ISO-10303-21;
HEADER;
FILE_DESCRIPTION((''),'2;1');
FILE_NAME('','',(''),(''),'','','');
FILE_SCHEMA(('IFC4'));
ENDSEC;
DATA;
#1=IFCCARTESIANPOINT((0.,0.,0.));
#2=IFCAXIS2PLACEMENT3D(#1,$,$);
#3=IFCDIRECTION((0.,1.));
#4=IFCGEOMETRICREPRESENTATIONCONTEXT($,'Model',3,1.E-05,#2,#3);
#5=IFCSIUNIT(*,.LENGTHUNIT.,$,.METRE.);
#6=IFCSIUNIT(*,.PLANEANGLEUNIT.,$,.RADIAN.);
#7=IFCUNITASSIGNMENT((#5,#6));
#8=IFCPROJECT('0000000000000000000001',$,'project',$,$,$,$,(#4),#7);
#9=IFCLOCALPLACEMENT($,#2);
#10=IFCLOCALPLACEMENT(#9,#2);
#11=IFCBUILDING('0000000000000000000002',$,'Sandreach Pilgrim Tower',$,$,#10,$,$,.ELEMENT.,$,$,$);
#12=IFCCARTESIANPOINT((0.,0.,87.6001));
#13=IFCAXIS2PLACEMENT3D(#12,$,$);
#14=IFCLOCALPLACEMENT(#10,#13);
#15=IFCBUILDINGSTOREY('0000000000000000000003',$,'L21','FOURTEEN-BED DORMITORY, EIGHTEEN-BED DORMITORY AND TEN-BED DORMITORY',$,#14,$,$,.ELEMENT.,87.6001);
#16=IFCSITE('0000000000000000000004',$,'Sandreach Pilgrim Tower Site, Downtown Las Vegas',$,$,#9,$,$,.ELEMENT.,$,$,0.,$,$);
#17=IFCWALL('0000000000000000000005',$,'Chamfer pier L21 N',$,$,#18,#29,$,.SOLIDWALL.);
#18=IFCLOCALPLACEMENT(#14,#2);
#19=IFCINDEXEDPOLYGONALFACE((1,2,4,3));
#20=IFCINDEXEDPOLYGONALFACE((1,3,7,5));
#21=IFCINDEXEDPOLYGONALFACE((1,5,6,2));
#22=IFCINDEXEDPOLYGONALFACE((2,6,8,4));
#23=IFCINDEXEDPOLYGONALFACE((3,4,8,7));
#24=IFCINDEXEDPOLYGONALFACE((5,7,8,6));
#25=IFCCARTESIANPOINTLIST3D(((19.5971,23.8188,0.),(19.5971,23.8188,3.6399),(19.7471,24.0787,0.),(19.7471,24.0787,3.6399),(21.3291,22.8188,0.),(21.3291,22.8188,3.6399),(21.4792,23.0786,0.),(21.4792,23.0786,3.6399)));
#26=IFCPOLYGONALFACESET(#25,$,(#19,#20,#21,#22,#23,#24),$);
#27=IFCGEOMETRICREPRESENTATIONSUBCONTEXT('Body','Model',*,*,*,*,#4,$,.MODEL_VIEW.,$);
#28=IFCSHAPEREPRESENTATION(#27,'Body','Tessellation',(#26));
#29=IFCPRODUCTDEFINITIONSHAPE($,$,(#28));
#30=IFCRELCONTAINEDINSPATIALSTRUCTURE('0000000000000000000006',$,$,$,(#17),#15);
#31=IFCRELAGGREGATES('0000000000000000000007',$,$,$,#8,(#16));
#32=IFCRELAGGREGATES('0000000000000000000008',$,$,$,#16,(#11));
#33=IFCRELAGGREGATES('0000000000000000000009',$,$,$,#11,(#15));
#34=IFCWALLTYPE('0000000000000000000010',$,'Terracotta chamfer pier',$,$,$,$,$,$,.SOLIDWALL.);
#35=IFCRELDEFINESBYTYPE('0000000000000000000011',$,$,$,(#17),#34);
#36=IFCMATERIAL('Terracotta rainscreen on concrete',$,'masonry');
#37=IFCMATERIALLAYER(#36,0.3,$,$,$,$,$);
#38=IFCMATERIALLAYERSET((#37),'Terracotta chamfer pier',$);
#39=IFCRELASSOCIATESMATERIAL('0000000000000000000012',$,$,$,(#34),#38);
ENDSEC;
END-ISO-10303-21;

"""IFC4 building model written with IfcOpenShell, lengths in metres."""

from ifc_helpers import new_model, si_unit, direction, frame, frame_2d, origin, place, context, subcontext, project, spatial, rectangle, extrude, material, layer, layer_set, type_object, element, save


model = new_model("IFC4")

# Units and contexts
model_context = context("Model", 3, precision=1e-05, world=origin(), true_north=direction((0.0, 1.0)))
body_context = subcontext(model_context, "Body", "Model", "MODEL_VIEW")
ifc_project = project(units=[si_unit("LENGTHUNIT", "METRE"), si_unit("PLANEANGLEUNIT", "RADIAN")], contexts=[model_context])

# Site, building, storey
site_placement = place(None, origin())
site = spatial("IfcSite", under=ifc_project, at=site_placement, Name="Sandreach Pilgrim Tower Site, Downtown Las Vegas", CompositionType="ELEMENT", RefElevation=0.0)
building_placement = place(site_placement, origin())
building = spatial("IfcBuilding", under=site, at=building_placement, Name="Sandreach Pilgrim Tower", CompositionType="ELEMENT")
storey_placement = place(building_placement, frame((0.0, 0.0, 87.6001)))
storey = spatial("IfcBuildingStorey", under=building, at=storey_placement, Name="L21", Description="FOURTEEN-BED DORMITORY, EIGHTEEN-BED DORMITORY AND TEN-BED DORMITORY", CompositionType="ELEMENT", Elevation=87.6001)

# Wall
ifc_material_1 = material(Name="Terracotta rainscreen on concrete", Category="masonry")
ifc_layer_1 = layer(ifc_material_1, 0.3)
ifc_layer_set_1 = layer_set([ifc_layer_1], Name="Terracotta chamfer pier")
wall_type_1 = type_object("IfcWallType", Name="Terracotta chamfer pier", PredefinedType="SOLIDWALL", material=ifc_layer_set_1)
wall_1_placement = place(storey_placement, frame((19.6721, 23.9487, 0.0), z_axis=(0.0, 0.0, 1.0), x_axis=(0.866011, -0.500025, 0.0)))
element("IfcWall", 1, at=wall_1_placement, inside=storey, type_object=wall_type_1, Name="Chamfer pier L21 N", PredefinedType="SOLIDWALL", context=body_context, shape_type="SweptSolid", body=[
    extrude(rectangle(XDim=2.0, YDim=0.3, at=frame_2d((1.0, 0.0))), origin(), (0.0, 0.0, 1.0), 3.6399),
])

save(model, "model.ifc")
